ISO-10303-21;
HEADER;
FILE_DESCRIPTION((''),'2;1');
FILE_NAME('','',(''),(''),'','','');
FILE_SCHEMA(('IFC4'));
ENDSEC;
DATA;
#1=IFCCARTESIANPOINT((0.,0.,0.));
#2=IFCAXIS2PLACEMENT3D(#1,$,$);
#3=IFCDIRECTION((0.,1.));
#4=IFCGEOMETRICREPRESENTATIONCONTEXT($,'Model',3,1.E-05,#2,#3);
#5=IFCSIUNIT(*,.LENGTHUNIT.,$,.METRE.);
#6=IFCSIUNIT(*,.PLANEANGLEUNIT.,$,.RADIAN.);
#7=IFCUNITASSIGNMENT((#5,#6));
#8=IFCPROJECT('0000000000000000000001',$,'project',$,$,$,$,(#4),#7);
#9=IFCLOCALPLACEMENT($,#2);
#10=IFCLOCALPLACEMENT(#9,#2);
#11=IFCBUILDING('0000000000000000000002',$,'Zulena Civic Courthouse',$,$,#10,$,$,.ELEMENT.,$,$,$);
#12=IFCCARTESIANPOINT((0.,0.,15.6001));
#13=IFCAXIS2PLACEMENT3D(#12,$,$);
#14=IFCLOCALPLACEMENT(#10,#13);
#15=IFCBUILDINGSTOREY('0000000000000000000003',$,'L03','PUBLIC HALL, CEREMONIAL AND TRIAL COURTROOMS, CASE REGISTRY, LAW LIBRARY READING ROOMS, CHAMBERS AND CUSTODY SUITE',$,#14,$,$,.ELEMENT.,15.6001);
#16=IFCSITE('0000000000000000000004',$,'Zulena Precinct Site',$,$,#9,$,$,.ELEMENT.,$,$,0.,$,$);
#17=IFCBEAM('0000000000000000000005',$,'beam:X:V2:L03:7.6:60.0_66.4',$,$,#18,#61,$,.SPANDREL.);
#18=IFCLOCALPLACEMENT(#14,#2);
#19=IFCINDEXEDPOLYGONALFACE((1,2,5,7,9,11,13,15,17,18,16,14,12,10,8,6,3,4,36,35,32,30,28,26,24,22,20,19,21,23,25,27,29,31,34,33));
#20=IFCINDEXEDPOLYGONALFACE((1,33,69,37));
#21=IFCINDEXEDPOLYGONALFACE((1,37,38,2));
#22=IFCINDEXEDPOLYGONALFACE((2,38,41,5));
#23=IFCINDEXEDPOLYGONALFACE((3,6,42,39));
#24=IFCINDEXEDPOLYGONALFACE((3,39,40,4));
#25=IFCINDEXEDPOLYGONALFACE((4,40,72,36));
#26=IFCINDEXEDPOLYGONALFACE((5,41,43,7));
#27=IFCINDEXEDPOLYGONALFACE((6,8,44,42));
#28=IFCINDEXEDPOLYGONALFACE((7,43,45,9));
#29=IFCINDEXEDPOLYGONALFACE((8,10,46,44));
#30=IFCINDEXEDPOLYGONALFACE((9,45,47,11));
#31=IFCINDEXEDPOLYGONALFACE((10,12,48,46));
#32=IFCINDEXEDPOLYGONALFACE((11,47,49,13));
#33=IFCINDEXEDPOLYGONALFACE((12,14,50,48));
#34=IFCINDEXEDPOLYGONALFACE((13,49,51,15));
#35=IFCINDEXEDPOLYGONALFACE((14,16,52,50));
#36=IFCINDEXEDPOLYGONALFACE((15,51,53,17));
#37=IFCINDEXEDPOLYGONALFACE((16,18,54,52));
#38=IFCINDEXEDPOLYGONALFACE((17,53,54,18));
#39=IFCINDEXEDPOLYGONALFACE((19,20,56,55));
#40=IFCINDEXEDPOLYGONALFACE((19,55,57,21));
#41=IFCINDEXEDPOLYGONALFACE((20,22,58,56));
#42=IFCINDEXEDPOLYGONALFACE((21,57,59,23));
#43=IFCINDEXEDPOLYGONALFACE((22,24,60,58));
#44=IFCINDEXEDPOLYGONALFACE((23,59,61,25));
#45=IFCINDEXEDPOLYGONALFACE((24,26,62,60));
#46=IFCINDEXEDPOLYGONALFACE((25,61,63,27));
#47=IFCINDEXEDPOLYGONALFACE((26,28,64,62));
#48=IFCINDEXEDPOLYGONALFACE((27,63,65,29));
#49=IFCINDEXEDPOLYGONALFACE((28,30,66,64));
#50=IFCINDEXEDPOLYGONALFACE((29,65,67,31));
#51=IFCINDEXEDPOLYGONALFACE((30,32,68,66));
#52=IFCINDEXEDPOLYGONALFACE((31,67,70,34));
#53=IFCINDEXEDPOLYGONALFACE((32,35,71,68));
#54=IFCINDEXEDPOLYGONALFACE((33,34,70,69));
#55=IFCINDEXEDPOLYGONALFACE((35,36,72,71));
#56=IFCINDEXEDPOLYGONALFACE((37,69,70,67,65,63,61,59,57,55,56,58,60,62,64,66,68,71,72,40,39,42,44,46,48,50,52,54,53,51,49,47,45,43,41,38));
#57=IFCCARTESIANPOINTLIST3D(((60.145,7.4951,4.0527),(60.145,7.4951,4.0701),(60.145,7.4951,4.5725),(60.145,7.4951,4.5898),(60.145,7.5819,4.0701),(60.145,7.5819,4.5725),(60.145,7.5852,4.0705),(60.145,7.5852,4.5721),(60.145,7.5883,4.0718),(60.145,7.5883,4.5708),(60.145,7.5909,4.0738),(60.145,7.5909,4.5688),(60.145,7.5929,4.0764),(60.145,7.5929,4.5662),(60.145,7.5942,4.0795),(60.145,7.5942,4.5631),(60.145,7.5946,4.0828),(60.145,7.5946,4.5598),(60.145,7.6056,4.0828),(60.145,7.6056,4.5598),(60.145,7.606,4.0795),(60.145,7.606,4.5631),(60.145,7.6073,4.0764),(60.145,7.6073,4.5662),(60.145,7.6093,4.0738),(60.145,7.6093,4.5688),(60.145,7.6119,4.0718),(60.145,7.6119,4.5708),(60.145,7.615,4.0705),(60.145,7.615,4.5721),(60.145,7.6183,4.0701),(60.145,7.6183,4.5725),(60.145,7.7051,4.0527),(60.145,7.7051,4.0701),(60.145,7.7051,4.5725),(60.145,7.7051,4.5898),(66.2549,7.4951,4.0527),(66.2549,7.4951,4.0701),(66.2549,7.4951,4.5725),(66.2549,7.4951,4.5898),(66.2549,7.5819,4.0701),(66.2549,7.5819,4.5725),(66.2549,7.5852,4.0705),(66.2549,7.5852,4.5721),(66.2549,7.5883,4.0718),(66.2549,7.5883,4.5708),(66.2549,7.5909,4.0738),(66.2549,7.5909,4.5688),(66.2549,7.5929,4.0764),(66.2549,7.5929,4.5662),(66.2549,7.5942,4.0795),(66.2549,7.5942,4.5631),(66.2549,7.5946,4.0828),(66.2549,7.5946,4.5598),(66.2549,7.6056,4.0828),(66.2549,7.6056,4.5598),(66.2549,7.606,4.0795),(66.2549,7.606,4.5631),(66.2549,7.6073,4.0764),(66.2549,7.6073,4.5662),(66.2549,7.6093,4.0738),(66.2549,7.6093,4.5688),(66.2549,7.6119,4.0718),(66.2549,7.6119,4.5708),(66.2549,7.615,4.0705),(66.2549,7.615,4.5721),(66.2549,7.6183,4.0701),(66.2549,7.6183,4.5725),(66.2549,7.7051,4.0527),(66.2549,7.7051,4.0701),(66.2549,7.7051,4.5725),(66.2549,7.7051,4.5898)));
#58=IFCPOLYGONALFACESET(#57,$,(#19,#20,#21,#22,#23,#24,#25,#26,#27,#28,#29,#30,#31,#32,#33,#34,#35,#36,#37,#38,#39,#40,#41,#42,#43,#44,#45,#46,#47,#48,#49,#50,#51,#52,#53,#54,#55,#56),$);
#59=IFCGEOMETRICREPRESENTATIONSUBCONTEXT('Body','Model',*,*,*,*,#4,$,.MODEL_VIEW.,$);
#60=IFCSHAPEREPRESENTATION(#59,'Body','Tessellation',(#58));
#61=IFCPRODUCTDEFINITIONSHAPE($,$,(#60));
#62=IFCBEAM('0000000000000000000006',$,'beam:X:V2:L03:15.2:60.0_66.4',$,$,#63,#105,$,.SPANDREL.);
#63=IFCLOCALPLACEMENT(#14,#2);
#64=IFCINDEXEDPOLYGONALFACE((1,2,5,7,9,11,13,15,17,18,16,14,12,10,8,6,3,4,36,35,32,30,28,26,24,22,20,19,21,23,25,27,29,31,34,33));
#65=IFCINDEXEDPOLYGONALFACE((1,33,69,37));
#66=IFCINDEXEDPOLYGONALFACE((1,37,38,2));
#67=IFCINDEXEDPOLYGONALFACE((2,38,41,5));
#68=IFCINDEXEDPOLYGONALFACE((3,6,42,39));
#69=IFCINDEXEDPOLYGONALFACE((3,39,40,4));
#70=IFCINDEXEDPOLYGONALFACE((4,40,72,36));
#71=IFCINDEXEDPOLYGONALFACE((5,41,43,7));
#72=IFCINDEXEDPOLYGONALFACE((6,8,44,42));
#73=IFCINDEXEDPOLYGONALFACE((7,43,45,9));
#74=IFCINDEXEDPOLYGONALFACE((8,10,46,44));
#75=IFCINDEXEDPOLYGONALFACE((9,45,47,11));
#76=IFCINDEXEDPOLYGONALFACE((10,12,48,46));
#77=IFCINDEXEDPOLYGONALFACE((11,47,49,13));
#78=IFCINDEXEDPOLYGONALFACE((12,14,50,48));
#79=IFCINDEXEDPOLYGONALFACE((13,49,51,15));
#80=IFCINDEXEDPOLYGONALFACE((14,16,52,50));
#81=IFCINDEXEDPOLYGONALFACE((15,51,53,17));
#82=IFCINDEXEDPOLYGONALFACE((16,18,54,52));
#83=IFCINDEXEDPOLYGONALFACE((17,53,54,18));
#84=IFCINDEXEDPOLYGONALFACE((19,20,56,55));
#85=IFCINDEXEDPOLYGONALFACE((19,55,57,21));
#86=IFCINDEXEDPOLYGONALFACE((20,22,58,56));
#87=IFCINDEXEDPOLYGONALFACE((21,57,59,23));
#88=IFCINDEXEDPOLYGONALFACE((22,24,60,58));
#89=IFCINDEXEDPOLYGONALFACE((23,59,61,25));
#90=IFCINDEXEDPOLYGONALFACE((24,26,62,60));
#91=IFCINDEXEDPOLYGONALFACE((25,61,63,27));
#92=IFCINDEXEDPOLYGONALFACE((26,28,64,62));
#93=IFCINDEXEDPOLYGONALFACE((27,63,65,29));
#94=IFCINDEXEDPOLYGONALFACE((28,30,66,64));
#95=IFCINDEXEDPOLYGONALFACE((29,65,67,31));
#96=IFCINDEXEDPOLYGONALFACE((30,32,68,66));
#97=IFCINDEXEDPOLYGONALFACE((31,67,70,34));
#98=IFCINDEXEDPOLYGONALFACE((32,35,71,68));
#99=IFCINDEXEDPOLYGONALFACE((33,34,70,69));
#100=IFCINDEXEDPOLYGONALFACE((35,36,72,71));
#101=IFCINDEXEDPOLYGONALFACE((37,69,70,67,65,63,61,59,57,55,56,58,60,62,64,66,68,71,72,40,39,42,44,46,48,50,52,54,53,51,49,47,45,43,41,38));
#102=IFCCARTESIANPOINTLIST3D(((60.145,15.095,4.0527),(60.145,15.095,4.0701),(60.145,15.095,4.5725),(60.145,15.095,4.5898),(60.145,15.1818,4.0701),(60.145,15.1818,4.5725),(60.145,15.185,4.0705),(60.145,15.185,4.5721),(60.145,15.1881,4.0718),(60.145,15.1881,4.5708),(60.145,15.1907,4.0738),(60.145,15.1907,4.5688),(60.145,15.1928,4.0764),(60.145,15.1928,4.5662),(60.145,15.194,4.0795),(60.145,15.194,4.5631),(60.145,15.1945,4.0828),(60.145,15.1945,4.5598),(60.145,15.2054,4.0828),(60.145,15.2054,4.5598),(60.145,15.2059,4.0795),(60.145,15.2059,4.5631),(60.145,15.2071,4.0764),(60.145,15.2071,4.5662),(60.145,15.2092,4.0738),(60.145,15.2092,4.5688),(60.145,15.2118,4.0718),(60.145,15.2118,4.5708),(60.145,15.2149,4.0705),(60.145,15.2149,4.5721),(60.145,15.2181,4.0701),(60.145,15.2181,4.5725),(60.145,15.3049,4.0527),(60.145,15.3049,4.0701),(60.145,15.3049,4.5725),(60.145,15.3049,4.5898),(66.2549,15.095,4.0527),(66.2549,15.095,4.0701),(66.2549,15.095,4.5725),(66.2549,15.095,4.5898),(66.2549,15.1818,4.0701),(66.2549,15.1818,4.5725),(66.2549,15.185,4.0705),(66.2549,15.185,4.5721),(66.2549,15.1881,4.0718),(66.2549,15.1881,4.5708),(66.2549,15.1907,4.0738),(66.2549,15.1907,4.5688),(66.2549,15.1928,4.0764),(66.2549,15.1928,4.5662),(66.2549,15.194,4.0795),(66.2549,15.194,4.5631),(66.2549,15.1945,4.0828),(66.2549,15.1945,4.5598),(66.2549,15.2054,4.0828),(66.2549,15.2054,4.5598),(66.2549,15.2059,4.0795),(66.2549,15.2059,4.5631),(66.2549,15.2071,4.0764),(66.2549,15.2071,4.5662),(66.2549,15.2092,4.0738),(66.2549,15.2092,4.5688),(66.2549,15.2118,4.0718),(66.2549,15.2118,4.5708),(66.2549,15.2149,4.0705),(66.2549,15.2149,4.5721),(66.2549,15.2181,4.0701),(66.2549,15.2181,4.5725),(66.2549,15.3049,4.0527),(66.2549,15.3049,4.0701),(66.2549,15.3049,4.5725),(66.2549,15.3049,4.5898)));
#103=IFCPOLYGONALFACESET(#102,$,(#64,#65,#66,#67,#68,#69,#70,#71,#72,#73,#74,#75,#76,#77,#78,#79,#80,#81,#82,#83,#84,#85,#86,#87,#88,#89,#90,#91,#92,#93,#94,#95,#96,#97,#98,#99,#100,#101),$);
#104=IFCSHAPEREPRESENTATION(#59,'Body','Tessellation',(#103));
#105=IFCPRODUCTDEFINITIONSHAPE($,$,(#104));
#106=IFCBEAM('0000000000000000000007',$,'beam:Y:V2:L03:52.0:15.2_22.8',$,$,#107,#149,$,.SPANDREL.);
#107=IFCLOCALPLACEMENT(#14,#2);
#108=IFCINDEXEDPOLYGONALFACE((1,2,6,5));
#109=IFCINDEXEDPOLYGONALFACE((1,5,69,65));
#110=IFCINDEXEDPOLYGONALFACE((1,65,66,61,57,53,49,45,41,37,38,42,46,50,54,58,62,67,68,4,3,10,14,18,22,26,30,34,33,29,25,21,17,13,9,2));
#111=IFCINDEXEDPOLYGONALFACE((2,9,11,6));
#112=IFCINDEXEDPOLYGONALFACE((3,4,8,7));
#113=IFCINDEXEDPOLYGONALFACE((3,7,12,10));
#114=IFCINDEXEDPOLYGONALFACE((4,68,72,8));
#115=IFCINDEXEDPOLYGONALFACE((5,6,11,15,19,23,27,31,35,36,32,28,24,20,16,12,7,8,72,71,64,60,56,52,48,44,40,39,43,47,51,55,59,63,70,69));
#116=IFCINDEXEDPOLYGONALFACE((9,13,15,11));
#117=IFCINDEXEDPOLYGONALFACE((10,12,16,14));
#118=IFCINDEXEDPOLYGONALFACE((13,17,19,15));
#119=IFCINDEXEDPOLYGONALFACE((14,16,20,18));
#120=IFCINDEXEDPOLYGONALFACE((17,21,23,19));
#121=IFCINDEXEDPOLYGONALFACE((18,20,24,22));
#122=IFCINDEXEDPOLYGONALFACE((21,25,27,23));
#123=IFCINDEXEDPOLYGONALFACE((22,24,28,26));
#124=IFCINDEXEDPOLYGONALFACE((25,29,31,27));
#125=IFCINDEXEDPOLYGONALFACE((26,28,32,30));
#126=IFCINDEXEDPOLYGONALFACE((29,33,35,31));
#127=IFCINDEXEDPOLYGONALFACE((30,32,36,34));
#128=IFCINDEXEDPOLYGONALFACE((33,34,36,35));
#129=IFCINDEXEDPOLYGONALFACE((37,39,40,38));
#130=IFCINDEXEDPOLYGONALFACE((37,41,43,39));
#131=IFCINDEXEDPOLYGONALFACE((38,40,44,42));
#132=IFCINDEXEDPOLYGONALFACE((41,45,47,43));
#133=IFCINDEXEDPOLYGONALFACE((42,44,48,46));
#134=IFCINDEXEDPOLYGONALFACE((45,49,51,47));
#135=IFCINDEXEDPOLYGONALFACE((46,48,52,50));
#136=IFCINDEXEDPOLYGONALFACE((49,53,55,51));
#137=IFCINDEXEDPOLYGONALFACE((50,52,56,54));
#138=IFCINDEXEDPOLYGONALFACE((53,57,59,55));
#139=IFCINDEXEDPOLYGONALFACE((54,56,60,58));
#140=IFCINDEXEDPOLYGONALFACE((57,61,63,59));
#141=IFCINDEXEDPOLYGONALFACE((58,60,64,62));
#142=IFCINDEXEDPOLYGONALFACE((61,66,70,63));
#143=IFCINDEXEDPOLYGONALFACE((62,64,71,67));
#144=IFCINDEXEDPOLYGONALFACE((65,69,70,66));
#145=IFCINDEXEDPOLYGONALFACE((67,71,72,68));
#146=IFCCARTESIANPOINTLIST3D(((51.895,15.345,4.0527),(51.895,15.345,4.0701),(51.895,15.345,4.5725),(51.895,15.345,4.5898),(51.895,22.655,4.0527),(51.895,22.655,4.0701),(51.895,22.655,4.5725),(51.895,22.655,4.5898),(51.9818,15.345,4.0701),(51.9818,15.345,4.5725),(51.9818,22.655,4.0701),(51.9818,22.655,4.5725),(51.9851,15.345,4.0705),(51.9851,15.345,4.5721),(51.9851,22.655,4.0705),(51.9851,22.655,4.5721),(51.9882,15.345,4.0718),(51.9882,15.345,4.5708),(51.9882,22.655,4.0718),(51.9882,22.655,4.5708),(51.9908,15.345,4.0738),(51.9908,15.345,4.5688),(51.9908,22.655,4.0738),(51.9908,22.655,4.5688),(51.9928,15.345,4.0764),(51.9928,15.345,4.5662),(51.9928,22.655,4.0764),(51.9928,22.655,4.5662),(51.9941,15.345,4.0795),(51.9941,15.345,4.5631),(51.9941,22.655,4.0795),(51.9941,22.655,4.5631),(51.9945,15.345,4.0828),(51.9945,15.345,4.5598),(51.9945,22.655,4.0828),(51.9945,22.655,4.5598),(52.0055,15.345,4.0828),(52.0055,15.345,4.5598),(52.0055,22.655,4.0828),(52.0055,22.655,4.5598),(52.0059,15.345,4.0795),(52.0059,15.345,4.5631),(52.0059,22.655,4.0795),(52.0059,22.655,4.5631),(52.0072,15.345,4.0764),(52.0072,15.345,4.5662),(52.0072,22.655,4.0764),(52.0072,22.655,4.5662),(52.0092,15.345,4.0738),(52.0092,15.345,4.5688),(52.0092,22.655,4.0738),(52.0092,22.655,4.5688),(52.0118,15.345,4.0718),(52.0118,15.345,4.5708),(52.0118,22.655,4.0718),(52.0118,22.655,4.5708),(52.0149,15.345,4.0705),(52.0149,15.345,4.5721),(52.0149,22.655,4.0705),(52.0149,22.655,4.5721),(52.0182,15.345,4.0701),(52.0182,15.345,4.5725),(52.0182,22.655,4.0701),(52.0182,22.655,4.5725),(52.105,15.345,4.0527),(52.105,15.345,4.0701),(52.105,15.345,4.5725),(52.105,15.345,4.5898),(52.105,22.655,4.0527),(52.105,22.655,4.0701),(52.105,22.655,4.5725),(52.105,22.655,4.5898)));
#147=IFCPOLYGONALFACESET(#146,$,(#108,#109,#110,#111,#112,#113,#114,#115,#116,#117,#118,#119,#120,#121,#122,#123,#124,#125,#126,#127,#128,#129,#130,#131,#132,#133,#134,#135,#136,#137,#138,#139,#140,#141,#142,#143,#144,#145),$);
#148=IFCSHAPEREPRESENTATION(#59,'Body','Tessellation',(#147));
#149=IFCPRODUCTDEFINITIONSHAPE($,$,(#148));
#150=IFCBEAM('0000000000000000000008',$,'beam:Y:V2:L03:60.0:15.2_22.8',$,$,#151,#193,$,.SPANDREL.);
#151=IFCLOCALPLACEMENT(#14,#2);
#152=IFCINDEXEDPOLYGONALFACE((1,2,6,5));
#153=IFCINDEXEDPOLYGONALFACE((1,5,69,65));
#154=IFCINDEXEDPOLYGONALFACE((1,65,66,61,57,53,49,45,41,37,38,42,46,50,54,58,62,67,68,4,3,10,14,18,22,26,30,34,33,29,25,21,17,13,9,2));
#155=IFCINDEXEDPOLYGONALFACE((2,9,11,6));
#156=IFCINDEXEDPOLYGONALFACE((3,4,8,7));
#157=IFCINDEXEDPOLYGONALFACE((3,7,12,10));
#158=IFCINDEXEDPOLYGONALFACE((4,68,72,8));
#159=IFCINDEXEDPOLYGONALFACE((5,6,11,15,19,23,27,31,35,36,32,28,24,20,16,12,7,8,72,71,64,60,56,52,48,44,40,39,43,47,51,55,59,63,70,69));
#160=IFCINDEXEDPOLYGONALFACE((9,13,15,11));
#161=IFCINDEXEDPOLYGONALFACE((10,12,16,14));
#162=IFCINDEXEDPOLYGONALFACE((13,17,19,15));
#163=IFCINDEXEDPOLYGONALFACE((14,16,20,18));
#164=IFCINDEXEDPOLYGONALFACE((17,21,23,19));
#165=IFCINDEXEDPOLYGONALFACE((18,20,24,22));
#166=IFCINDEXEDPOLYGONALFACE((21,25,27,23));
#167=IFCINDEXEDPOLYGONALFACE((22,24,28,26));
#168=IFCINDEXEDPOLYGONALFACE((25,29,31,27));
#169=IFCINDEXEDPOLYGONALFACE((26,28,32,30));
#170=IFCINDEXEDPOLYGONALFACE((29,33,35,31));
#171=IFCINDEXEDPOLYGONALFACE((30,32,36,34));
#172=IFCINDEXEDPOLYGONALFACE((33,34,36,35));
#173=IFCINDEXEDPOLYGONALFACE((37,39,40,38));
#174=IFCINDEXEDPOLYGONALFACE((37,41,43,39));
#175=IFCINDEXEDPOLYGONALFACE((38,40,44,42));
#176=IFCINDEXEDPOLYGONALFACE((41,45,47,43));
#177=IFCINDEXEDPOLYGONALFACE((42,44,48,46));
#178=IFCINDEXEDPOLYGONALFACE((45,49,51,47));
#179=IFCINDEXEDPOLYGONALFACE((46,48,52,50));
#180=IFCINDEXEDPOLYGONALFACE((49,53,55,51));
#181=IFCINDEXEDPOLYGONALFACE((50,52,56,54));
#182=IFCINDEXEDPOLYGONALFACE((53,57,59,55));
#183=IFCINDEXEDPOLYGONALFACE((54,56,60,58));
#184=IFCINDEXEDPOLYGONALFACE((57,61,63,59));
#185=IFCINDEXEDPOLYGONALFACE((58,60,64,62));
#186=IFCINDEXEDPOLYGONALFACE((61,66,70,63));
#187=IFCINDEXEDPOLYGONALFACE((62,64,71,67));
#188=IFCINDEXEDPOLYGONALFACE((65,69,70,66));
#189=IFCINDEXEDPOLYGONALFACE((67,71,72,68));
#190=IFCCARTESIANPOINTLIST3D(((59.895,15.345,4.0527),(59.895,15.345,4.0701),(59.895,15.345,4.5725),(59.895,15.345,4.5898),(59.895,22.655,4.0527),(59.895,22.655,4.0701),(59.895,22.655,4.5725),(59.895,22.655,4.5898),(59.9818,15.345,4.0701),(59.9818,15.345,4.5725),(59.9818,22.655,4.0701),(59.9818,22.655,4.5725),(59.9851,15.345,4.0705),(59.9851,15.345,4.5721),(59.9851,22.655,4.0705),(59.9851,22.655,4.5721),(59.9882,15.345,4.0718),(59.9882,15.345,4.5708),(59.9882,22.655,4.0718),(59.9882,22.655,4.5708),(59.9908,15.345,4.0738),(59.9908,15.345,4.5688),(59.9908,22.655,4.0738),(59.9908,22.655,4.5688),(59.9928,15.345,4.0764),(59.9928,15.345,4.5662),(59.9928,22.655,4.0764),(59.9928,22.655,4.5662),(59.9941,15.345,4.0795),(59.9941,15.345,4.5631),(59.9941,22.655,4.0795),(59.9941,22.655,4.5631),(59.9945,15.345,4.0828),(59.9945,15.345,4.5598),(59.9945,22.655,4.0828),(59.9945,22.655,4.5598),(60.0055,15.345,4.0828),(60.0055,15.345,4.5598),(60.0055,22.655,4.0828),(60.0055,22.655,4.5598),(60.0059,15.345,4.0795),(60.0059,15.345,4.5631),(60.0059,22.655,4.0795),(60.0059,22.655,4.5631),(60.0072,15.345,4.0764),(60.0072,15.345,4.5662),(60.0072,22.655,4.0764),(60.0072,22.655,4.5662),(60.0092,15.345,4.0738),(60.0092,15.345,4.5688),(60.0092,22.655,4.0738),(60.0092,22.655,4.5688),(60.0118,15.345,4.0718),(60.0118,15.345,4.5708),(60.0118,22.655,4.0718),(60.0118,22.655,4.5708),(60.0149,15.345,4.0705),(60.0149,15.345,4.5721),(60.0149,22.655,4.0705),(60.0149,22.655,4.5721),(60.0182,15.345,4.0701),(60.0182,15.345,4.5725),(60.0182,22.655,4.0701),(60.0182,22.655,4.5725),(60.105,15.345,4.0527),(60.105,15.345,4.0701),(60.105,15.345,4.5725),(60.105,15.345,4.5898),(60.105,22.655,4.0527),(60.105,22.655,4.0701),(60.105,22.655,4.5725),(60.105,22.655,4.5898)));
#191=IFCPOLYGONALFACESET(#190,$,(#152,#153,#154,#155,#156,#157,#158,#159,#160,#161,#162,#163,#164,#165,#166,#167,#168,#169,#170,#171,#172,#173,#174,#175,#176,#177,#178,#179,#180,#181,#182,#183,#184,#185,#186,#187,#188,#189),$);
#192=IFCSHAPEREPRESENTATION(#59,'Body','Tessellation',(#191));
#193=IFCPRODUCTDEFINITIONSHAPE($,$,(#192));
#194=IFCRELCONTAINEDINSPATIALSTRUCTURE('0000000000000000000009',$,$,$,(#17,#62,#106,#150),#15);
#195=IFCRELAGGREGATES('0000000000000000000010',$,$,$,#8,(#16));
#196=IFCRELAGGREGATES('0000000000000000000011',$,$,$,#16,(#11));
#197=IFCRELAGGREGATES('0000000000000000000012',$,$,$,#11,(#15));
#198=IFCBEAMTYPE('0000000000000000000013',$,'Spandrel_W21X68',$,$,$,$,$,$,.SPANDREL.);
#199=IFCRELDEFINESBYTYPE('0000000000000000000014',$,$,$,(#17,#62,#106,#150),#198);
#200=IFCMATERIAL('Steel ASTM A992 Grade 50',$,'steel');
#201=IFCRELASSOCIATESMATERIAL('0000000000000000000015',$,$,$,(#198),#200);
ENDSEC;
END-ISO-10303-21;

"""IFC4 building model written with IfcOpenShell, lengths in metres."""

from ifc_helpers import new_model, si_unit, direction, frame, origin, origin_2d, place, context, subcontext, project, spatial, i_section, extrude, material, material_profile, profile_set, type_object, element, save


model = new_model("IFC4")

# Units and contexts
model_context = context("Model", 3, precision=1e-05, world=origin(), true_north=direction((0.0, 1.0)))
body_context = subcontext(model_context, "Body", "Model", "MODEL_VIEW")
ifc_project = project(units=[si_unit("LENGTHUNIT", "METRE"), si_unit("PLANEANGLEUNIT", "RADIAN")], contexts=[model_context])

# Site, building, storey
site_placement = place(None, origin())
site = spatial("IfcSite", under=ifc_project, at=site_placement, Name="Zulena Precinct Site", CompositionType="ELEMENT", RefElevation=0.0)
building_placement = place(site_placement, origin())
building = spatial("IfcBuilding", under=site, at=building_placement, Name="Zulena Civic Courthouse", CompositionType="ELEMENT")
storey_placement = place(building_placement, frame((0.0, 0.0, 15.6001)))
storey = spatial("IfcBuildingStorey", under=building, at=storey_placement, Name="L03", Description="PUBLIC HALL, CEREMONIAL AND TRIAL COURTROOMS, CASE REGISTRY, LAW LIBRARY READING ROOMS, CHAMBERS AND CUSTODY SUITE", CompositionType="ELEMENT", Elevation=15.6001)

# Shared definitions
ifc_material_1 = material(Name="Steel ASTM A992 Grade 50", Category="steel")

# Beams
ifc_material_profile_1 = material_profile(ifc_material_1, i_section(OverallWidth=0.21, OverallDepth=0.5371, WebThickness=0.011, FlangeThickness=0.0173, FilletRadius=0.0127, at=origin_2d()), Name="W21X68")
ifc_profile_set_1 = profile_set([ifc_material_profile_1], Name="Steel ASTM A992 Grade 50")
beam_type_1 = type_object("IfcBeamType", Name="Spandrel_W21X68", PredefinedType="SPANDREL", material=ifc_profile_set_1)
for number, where, z_axis, x_axis, name in (
    (1, (60.145, 7.6001, 4.3213), (1.0, 0.0, 0.0), (0.0, 1.0, 0.0), "beam:X:V2:L03:7.6:60.0_66.4"),
    (2, (60.145, 15.2, 4.3213), (1.0, 0.0, 0.0), (0.0, 1.0, 0.0), "beam:X:V2:L03:15.2:60.0_66.4"),
):
    element("IfcBeam", number, at=place(storey_placement, frame(where, z_axis=z_axis, x_axis=x_axis)), inside=storey, type_object=beam_type_1, Name=name, PredefinedType="SPANDREL", context=body_context, shape_type="SweptSolid", body=[
        extrude(i_section(OverallWidth=0.21, OverallDepth=0.5371, WebThickness=0.011, FlangeThickness=0.0173, FilletRadius=0.0127, at=origin_2d()), origin(), (0.0, 0.0, 1.0), 6.1099),
    ])
for number, where, z_axis, x_axis, name in (
    (3, (52.0, 15.345, 4.3213), (0.0, 1.0, 0.0), (-1.0, 0.0, 0.0), "beam:Y:V2:L03:52.0:15.2_22.8"),
    (4, (60.0, 15.345, 4.3213), (0.0, 1.0, 0.0), (-1.0, 0.0, 0.0), "beam:Y:V2:L03:60.0:15.2_22.8"),
):
    element("IfcBeam", number, at=place(storey_placement, frame(where, z_axis=z_axis, x_axis=x_axis)), inside=storey, type_object=beam_type_1, Name=name, PredefinedType="SPANDREL", context=body_context, shape_type="SweptSolid", body=[
        extrude(i_section(OverallWidth=0.21, OverallDepth=0.5371, WebThickness=0.011, FlangeThickness=0.0173, FilletRadius=0.0127, at=origin_2d()), origin(), (0.0, 0.0, 1.0), 7.3101),
    ])

save(model, "model.ifc")
